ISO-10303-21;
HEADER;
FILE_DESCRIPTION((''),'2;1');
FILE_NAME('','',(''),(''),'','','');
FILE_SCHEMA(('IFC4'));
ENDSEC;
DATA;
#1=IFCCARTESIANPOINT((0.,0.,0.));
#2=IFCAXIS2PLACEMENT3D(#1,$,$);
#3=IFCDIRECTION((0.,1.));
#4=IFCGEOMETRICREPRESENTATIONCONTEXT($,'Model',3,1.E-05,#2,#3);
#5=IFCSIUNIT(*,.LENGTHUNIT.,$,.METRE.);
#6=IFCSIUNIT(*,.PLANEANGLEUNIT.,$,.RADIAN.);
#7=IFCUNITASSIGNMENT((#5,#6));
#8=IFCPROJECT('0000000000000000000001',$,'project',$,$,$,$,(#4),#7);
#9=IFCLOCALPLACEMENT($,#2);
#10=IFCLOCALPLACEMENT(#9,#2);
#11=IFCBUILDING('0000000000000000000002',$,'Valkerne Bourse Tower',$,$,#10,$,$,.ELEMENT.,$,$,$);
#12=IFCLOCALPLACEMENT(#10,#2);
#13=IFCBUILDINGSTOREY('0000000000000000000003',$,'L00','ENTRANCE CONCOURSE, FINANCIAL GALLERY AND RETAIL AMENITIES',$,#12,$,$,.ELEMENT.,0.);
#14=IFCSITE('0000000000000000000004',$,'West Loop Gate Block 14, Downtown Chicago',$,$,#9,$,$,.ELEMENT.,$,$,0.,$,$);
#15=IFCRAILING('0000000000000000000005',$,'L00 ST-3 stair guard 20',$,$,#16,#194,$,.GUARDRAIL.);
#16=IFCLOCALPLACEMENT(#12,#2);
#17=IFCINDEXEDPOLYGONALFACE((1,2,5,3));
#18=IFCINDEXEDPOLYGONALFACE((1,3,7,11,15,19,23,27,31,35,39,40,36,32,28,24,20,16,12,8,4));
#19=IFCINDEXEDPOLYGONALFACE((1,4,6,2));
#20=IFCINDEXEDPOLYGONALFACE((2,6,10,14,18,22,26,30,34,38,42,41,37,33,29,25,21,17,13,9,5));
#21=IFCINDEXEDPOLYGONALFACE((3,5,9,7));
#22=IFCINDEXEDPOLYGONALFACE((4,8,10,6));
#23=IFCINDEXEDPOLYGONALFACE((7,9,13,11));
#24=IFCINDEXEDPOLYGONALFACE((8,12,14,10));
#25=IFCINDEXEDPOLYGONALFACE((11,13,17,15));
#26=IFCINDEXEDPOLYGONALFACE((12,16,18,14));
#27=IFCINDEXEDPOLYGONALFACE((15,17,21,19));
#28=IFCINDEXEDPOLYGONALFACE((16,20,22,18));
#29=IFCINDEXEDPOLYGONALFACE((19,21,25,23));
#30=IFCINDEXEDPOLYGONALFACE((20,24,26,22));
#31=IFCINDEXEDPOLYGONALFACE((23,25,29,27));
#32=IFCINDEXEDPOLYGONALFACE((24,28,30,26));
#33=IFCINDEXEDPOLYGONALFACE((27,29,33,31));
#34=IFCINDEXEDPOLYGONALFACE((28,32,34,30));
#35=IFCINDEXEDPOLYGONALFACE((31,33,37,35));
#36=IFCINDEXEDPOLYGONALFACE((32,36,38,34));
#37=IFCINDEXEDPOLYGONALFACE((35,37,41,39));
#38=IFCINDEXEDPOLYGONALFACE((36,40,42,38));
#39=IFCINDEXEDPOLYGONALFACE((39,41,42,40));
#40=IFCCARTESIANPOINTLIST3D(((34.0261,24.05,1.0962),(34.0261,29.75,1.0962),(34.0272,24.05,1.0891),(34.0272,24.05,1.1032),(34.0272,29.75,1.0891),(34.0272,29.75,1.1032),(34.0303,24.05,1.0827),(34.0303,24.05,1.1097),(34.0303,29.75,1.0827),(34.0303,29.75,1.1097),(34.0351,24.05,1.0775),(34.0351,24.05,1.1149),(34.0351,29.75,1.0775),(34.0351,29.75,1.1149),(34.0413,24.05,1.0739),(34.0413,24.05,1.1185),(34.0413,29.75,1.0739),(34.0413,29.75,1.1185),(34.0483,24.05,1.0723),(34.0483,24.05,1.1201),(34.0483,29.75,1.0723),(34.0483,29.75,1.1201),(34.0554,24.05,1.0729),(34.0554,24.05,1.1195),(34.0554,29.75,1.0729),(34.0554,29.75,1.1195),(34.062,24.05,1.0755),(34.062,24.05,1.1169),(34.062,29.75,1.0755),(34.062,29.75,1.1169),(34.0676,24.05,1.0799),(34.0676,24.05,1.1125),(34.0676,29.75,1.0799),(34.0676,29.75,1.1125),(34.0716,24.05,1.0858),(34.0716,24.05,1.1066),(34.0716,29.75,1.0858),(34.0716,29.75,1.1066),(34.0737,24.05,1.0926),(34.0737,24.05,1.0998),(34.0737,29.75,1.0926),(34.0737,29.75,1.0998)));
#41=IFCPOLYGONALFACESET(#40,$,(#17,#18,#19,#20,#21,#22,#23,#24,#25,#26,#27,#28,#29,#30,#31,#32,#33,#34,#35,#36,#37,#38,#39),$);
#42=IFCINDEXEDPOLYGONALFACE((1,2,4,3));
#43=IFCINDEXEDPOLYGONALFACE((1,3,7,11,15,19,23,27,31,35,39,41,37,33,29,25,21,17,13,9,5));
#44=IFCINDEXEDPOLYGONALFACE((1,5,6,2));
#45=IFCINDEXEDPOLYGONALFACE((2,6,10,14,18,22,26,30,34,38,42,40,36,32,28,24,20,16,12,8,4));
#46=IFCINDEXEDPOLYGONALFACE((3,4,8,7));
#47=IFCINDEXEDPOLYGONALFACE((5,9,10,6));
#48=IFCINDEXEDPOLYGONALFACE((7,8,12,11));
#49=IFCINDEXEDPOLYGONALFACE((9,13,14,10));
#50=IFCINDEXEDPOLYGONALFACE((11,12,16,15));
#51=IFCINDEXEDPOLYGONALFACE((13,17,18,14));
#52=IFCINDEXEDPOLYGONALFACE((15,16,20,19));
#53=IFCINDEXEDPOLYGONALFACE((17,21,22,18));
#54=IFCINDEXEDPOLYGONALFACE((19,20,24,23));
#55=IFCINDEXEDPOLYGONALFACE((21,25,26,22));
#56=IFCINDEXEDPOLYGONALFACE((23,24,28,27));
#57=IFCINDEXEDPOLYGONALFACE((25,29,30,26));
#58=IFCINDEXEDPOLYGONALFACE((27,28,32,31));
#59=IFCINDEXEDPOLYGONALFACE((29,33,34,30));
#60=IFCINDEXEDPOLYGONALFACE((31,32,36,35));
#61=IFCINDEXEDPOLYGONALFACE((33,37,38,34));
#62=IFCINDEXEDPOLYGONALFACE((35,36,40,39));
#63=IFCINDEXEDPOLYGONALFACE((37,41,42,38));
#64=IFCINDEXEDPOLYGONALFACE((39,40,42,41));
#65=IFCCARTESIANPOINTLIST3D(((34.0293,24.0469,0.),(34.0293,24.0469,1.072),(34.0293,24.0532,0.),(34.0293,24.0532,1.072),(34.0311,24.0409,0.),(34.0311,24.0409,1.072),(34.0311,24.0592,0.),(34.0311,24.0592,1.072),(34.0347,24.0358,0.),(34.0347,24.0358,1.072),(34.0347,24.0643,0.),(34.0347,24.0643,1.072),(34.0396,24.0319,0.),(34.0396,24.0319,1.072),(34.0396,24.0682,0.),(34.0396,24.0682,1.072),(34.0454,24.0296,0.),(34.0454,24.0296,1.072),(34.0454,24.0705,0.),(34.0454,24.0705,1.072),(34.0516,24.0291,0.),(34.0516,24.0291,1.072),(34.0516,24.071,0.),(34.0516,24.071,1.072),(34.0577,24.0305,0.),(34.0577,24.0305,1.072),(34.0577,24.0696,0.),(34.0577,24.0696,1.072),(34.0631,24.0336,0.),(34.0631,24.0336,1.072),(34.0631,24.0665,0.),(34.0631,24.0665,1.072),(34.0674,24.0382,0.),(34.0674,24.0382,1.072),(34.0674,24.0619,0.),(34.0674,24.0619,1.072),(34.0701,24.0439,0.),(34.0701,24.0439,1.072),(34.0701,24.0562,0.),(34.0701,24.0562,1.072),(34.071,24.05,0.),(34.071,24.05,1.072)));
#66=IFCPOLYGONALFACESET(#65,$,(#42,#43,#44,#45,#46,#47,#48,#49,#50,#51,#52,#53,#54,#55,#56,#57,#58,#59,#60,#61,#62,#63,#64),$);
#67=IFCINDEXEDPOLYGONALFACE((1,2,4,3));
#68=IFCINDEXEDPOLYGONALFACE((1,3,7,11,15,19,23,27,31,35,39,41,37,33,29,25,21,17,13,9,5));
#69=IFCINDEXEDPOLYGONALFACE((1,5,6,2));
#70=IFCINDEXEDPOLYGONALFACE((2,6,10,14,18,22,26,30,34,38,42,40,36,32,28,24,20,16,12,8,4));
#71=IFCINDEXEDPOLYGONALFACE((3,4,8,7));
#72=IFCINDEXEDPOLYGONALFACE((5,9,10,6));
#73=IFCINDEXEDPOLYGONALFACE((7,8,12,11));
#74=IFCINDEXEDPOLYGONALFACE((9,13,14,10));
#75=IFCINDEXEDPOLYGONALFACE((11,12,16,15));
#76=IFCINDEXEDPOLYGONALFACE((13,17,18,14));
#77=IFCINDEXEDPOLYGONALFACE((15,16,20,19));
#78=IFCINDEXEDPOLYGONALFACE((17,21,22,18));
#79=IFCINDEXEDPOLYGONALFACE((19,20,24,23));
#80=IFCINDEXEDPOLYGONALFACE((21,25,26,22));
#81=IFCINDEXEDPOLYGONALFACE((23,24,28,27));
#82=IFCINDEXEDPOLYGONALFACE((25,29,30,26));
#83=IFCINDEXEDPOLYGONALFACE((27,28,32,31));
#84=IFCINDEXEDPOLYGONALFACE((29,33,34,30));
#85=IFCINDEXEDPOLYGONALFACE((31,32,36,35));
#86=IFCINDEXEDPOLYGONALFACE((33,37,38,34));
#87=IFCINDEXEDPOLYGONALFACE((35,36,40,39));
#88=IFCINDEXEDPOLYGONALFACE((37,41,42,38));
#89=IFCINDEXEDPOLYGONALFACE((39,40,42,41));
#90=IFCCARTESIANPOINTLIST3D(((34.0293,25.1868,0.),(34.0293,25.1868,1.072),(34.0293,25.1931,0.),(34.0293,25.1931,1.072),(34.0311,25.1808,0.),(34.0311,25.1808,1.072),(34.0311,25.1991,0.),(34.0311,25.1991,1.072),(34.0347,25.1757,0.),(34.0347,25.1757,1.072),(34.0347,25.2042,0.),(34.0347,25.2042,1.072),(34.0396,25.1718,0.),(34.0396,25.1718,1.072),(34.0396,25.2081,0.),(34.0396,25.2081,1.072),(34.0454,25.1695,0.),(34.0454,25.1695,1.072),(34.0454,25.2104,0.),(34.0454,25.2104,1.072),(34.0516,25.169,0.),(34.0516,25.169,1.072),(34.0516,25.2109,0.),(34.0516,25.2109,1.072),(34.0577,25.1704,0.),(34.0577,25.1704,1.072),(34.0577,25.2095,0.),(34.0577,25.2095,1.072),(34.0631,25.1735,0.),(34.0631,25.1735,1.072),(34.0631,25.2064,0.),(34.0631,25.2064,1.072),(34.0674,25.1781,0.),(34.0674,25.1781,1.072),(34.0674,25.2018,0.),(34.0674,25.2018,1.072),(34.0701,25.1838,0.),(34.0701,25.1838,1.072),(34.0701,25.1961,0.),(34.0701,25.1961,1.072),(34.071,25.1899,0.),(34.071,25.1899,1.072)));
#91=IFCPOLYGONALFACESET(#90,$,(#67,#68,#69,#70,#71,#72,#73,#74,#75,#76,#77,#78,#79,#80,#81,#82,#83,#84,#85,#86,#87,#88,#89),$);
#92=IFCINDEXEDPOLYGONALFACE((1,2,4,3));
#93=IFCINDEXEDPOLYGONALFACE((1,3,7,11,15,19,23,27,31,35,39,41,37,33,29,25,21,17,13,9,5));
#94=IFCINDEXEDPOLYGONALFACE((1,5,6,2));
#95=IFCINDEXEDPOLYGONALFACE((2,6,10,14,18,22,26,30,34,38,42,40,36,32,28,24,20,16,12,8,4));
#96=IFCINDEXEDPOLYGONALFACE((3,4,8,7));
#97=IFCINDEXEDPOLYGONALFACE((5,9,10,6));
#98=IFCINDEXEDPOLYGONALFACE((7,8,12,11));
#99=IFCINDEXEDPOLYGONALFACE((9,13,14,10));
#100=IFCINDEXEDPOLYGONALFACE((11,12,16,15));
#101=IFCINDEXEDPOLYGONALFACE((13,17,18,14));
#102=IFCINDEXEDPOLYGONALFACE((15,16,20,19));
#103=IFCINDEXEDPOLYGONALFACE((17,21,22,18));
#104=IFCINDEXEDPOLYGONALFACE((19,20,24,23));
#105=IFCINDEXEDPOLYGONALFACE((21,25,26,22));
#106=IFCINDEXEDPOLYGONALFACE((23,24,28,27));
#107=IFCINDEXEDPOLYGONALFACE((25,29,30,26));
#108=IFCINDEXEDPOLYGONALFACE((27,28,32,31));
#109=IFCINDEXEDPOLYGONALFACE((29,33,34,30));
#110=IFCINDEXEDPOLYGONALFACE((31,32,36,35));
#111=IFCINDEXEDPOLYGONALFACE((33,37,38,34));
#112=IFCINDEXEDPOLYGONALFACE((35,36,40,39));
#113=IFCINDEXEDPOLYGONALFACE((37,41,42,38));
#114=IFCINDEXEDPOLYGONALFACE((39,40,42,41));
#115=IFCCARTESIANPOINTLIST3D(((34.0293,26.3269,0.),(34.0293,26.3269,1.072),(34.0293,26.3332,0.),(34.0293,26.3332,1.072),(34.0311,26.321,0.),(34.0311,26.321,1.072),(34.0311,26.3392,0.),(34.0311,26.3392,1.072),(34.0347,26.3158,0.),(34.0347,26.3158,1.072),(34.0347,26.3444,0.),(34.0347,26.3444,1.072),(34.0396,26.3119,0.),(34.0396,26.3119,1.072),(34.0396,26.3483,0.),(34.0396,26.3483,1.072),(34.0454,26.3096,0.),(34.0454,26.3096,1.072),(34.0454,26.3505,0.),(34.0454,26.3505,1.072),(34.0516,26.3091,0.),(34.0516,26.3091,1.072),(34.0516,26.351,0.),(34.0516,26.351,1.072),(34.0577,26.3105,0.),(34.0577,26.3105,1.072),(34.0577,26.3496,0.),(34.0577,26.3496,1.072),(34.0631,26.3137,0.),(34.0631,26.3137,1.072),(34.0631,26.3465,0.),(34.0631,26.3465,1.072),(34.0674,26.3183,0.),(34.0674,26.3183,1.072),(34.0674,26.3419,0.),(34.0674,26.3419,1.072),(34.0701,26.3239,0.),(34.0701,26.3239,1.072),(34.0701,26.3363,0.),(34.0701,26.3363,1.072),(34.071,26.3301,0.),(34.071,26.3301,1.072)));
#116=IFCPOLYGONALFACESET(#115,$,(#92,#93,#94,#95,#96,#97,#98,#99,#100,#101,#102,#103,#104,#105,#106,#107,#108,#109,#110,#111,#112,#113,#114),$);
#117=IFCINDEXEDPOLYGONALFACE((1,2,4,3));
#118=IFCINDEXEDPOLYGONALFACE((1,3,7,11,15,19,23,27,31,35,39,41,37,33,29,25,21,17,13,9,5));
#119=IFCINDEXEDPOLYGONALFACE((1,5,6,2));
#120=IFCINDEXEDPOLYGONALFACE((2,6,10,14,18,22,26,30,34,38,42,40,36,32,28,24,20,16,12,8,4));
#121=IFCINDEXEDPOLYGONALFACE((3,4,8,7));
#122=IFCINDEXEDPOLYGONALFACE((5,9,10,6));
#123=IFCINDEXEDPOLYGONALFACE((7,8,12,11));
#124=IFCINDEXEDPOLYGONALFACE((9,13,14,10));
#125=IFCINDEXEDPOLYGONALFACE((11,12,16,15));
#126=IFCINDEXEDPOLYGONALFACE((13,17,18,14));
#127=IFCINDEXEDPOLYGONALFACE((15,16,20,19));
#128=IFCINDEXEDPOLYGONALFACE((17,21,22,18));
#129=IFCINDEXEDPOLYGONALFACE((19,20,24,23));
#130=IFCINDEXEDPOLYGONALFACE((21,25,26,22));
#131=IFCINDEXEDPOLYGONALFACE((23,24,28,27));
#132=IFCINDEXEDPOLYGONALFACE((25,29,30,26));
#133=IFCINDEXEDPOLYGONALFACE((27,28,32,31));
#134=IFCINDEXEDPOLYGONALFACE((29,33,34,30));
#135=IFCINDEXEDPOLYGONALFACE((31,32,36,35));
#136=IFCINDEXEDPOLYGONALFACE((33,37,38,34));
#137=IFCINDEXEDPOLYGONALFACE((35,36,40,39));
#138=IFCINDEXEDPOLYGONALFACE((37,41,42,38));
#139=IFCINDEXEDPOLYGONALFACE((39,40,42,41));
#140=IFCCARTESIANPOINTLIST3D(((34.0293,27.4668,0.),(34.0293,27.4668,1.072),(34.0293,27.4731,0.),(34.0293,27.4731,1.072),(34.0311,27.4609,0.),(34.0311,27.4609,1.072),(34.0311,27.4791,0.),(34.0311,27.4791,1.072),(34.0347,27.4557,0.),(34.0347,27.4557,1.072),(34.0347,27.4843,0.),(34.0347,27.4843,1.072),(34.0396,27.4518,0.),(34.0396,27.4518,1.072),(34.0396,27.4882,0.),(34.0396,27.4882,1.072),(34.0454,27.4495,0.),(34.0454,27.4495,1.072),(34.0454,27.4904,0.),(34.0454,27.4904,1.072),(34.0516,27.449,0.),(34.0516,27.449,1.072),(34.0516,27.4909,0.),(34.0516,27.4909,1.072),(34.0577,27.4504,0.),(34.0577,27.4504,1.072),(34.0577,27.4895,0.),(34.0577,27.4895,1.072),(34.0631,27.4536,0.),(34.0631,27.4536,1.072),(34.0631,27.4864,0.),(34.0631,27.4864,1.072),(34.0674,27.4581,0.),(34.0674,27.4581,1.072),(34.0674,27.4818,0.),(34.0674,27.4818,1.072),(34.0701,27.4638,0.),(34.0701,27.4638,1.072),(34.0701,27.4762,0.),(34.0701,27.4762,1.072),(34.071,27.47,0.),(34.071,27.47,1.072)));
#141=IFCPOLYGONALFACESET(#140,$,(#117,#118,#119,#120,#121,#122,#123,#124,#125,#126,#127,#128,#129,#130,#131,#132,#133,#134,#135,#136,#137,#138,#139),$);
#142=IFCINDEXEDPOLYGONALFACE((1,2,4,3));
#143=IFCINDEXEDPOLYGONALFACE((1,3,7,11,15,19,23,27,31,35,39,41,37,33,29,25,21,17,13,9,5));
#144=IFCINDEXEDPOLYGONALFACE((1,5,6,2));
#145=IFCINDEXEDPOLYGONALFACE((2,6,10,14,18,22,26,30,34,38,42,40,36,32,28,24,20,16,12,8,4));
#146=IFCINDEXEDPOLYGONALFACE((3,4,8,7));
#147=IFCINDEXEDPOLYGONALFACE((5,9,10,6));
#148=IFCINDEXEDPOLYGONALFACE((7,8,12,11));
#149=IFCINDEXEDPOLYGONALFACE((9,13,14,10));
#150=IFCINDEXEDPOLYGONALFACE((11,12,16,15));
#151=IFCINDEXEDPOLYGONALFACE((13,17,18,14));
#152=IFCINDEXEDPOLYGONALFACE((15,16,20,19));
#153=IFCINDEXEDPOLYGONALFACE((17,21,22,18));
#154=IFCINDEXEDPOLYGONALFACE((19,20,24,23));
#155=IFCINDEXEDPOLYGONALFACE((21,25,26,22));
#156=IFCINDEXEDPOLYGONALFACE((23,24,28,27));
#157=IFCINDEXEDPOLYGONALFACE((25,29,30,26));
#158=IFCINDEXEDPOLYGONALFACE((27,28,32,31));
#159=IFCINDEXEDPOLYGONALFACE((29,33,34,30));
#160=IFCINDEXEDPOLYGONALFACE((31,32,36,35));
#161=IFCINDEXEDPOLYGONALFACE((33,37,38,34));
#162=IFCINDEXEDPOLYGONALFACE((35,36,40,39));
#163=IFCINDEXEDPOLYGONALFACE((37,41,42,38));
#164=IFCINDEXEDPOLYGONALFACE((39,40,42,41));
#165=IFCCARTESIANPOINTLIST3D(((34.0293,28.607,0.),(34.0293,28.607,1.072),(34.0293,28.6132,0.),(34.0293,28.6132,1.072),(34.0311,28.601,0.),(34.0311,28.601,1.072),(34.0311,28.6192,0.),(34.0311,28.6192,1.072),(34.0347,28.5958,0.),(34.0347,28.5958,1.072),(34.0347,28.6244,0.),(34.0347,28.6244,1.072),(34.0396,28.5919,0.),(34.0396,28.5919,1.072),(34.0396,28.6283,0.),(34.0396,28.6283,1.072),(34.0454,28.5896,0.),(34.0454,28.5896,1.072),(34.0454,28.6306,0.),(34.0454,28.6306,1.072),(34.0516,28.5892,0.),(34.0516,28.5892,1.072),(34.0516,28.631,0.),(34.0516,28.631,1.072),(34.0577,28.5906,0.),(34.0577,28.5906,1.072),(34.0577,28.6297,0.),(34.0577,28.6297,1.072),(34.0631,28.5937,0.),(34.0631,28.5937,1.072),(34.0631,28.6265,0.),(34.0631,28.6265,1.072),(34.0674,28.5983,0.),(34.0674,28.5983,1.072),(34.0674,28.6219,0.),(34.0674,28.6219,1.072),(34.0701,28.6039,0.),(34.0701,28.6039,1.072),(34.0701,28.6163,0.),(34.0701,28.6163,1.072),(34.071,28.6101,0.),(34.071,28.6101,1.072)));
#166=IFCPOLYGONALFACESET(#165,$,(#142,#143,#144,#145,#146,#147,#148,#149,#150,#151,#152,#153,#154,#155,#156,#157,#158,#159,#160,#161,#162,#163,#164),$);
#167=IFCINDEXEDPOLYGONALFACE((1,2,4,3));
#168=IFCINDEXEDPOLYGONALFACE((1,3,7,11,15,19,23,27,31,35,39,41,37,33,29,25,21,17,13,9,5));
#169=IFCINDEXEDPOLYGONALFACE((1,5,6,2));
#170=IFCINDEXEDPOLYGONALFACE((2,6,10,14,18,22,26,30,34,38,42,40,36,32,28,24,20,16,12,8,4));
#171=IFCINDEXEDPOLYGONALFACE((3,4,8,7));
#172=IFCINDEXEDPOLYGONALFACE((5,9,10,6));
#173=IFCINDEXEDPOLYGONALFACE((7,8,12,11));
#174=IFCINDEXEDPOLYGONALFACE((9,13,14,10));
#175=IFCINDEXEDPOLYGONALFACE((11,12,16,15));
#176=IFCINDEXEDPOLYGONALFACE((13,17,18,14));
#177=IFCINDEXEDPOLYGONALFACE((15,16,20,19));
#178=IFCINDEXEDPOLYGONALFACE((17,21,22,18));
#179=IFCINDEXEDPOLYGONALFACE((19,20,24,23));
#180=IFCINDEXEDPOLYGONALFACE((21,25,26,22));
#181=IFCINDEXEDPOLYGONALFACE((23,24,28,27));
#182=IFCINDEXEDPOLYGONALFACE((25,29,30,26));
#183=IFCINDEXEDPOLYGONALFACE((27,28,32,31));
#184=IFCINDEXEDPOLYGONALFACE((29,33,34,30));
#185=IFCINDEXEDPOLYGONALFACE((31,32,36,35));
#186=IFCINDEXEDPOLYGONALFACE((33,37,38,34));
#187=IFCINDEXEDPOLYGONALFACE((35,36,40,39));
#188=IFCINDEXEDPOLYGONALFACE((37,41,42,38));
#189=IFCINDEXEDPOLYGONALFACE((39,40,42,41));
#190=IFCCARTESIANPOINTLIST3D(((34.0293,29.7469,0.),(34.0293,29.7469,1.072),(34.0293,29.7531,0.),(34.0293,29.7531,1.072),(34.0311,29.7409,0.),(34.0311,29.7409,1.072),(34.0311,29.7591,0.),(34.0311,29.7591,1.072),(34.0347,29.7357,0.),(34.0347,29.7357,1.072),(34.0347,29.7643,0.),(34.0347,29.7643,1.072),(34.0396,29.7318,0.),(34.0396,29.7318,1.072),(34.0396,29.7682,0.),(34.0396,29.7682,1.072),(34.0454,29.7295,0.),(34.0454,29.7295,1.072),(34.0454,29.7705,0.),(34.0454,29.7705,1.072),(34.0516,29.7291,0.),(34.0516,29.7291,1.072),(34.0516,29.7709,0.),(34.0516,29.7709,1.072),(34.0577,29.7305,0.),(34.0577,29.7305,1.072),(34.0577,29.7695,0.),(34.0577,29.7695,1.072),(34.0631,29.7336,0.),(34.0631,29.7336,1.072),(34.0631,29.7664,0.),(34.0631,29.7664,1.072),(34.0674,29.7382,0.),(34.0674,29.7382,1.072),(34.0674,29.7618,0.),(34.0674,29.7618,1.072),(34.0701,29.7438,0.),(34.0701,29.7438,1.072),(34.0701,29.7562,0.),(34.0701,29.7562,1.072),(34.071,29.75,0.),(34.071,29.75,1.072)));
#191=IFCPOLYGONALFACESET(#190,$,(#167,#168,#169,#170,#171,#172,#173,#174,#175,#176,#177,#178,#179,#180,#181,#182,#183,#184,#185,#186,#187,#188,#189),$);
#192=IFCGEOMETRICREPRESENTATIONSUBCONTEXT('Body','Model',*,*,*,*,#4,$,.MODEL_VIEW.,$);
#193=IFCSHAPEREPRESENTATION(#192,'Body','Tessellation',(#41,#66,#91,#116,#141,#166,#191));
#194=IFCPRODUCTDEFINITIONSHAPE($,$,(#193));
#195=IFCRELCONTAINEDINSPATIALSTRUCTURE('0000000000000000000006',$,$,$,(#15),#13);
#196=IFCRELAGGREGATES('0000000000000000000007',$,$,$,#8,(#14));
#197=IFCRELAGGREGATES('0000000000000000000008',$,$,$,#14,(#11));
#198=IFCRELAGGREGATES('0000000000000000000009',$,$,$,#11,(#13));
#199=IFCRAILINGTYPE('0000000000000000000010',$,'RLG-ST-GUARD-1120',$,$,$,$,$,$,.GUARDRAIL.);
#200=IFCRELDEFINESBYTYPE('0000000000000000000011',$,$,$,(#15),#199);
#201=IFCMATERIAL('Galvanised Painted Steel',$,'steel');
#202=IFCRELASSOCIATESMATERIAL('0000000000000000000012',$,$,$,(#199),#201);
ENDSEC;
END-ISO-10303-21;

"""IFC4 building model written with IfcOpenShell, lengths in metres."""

from ifc_helpers import new_model, si_unit, direction, frame, origin, origin_2d, place, context, subcontext, project, spatial, circle, extrude, material, type_object, element, save


model = new_model("IFC4")

# Units and contexts
model_context = context("Model", 3, precision=1e-05, world=origin(), true_north=direction((0.0, 1.0)))
body_context = subcontext(model_context, "Body", "Model", "MODEL_VIEW")
ifc_project = project(units=[si_unit("LENGTHUNIT", "METRE"), si_unit("PLANEANGLEUNIT", "RADIAN")], contexts=[model_context])

# Site, building, storey
site_placement = place(None, origin())
site = spatial("IfcSite", under=ifc_project, at=site_placement, Name="West Loop Gate Block 14, Downtown Chicago", CompositionType="ELEMENT", RefElevation=0.0)
building_placement = place(site_placement, origin())
building = spatial("IfcBuilding", under=site, at=building_placement, Name="Valkerne Bourse Tower", CompositionType="ELEMENT")
storey_placement = place(building_placement, origin())
storey = spatial("IfcBuildingStorey", under=building, at=storey_placement, Name="L00", Description="ENTRANCE CONCOURSE, FINANCIAL GALLERY AND RETAIL AMENITIES", CompositionType="ELEMENT", Elevation=0.0)

# Shared definitions
ifc_material_1 = material(Name="Galvanised Painted Steel", Category="steel")

# Railing
railing_type_1 = type_object("IfcRailingType", Name="RLG-ST-GUARD-1120", PredefinedType="GUARDRAIL", material=ifc_material_1)
for number, where, name in (
    (1, (34.05, 24.05, 0.0), "L00 ST-3 stair guard 20"),
):
    element("IfcRailing", number, at=place(storey_placement, frame(where)), inside=storey, type_object=railing_type_1, Name=name, PredefinedType="GUARDRAIL", context=body_context, shape_type="SweptSolid", body=[
        extrude(circle(Radius=0.0239, at=origin_2d()), frame((0.0, 0.0, 1.0962), z_axis=(0.0, 1.0, 0.0), x_axis=(-1.0, 0.0, 0.0)), (0.0, 0.0, 1.0), 5.7),
        extrude(circle(Radius=0.021, at=origin_2d()), origin(), (0.0, 0.0, 1.0), 1.072),
        extrude(circle(Radius=0.021, at=origin_2d()), frame((0.0, 1.1399, 0.0)), (0.0, 0.0, 1.0), 1.072),
        extrude(circle(Radius=0.021, at=origin_2d()), frame((0.0, 2.28, 0.0)), (0.0, 0.0, 1.0), 1.072),
        extrude(circle(Radius=0.021, at=origin_2d()), frame((0.0, 3.4199, 0.0)), (0.0, 0.0, 1.0), 1.072),
        extrude(circle(Radius=0.021, at=origin_2d()), frame((0.0, 4.5601, 0.0)), (0.0, 0.0, 1.0), 1.072),
        extrude(circle(Radius=0.021, at=origin_2d()), frame((0.0, 5.7, 0.0)), (0.0, 0.0, 1.0), 1.072),
    ])

save(model, "model.ifc")
